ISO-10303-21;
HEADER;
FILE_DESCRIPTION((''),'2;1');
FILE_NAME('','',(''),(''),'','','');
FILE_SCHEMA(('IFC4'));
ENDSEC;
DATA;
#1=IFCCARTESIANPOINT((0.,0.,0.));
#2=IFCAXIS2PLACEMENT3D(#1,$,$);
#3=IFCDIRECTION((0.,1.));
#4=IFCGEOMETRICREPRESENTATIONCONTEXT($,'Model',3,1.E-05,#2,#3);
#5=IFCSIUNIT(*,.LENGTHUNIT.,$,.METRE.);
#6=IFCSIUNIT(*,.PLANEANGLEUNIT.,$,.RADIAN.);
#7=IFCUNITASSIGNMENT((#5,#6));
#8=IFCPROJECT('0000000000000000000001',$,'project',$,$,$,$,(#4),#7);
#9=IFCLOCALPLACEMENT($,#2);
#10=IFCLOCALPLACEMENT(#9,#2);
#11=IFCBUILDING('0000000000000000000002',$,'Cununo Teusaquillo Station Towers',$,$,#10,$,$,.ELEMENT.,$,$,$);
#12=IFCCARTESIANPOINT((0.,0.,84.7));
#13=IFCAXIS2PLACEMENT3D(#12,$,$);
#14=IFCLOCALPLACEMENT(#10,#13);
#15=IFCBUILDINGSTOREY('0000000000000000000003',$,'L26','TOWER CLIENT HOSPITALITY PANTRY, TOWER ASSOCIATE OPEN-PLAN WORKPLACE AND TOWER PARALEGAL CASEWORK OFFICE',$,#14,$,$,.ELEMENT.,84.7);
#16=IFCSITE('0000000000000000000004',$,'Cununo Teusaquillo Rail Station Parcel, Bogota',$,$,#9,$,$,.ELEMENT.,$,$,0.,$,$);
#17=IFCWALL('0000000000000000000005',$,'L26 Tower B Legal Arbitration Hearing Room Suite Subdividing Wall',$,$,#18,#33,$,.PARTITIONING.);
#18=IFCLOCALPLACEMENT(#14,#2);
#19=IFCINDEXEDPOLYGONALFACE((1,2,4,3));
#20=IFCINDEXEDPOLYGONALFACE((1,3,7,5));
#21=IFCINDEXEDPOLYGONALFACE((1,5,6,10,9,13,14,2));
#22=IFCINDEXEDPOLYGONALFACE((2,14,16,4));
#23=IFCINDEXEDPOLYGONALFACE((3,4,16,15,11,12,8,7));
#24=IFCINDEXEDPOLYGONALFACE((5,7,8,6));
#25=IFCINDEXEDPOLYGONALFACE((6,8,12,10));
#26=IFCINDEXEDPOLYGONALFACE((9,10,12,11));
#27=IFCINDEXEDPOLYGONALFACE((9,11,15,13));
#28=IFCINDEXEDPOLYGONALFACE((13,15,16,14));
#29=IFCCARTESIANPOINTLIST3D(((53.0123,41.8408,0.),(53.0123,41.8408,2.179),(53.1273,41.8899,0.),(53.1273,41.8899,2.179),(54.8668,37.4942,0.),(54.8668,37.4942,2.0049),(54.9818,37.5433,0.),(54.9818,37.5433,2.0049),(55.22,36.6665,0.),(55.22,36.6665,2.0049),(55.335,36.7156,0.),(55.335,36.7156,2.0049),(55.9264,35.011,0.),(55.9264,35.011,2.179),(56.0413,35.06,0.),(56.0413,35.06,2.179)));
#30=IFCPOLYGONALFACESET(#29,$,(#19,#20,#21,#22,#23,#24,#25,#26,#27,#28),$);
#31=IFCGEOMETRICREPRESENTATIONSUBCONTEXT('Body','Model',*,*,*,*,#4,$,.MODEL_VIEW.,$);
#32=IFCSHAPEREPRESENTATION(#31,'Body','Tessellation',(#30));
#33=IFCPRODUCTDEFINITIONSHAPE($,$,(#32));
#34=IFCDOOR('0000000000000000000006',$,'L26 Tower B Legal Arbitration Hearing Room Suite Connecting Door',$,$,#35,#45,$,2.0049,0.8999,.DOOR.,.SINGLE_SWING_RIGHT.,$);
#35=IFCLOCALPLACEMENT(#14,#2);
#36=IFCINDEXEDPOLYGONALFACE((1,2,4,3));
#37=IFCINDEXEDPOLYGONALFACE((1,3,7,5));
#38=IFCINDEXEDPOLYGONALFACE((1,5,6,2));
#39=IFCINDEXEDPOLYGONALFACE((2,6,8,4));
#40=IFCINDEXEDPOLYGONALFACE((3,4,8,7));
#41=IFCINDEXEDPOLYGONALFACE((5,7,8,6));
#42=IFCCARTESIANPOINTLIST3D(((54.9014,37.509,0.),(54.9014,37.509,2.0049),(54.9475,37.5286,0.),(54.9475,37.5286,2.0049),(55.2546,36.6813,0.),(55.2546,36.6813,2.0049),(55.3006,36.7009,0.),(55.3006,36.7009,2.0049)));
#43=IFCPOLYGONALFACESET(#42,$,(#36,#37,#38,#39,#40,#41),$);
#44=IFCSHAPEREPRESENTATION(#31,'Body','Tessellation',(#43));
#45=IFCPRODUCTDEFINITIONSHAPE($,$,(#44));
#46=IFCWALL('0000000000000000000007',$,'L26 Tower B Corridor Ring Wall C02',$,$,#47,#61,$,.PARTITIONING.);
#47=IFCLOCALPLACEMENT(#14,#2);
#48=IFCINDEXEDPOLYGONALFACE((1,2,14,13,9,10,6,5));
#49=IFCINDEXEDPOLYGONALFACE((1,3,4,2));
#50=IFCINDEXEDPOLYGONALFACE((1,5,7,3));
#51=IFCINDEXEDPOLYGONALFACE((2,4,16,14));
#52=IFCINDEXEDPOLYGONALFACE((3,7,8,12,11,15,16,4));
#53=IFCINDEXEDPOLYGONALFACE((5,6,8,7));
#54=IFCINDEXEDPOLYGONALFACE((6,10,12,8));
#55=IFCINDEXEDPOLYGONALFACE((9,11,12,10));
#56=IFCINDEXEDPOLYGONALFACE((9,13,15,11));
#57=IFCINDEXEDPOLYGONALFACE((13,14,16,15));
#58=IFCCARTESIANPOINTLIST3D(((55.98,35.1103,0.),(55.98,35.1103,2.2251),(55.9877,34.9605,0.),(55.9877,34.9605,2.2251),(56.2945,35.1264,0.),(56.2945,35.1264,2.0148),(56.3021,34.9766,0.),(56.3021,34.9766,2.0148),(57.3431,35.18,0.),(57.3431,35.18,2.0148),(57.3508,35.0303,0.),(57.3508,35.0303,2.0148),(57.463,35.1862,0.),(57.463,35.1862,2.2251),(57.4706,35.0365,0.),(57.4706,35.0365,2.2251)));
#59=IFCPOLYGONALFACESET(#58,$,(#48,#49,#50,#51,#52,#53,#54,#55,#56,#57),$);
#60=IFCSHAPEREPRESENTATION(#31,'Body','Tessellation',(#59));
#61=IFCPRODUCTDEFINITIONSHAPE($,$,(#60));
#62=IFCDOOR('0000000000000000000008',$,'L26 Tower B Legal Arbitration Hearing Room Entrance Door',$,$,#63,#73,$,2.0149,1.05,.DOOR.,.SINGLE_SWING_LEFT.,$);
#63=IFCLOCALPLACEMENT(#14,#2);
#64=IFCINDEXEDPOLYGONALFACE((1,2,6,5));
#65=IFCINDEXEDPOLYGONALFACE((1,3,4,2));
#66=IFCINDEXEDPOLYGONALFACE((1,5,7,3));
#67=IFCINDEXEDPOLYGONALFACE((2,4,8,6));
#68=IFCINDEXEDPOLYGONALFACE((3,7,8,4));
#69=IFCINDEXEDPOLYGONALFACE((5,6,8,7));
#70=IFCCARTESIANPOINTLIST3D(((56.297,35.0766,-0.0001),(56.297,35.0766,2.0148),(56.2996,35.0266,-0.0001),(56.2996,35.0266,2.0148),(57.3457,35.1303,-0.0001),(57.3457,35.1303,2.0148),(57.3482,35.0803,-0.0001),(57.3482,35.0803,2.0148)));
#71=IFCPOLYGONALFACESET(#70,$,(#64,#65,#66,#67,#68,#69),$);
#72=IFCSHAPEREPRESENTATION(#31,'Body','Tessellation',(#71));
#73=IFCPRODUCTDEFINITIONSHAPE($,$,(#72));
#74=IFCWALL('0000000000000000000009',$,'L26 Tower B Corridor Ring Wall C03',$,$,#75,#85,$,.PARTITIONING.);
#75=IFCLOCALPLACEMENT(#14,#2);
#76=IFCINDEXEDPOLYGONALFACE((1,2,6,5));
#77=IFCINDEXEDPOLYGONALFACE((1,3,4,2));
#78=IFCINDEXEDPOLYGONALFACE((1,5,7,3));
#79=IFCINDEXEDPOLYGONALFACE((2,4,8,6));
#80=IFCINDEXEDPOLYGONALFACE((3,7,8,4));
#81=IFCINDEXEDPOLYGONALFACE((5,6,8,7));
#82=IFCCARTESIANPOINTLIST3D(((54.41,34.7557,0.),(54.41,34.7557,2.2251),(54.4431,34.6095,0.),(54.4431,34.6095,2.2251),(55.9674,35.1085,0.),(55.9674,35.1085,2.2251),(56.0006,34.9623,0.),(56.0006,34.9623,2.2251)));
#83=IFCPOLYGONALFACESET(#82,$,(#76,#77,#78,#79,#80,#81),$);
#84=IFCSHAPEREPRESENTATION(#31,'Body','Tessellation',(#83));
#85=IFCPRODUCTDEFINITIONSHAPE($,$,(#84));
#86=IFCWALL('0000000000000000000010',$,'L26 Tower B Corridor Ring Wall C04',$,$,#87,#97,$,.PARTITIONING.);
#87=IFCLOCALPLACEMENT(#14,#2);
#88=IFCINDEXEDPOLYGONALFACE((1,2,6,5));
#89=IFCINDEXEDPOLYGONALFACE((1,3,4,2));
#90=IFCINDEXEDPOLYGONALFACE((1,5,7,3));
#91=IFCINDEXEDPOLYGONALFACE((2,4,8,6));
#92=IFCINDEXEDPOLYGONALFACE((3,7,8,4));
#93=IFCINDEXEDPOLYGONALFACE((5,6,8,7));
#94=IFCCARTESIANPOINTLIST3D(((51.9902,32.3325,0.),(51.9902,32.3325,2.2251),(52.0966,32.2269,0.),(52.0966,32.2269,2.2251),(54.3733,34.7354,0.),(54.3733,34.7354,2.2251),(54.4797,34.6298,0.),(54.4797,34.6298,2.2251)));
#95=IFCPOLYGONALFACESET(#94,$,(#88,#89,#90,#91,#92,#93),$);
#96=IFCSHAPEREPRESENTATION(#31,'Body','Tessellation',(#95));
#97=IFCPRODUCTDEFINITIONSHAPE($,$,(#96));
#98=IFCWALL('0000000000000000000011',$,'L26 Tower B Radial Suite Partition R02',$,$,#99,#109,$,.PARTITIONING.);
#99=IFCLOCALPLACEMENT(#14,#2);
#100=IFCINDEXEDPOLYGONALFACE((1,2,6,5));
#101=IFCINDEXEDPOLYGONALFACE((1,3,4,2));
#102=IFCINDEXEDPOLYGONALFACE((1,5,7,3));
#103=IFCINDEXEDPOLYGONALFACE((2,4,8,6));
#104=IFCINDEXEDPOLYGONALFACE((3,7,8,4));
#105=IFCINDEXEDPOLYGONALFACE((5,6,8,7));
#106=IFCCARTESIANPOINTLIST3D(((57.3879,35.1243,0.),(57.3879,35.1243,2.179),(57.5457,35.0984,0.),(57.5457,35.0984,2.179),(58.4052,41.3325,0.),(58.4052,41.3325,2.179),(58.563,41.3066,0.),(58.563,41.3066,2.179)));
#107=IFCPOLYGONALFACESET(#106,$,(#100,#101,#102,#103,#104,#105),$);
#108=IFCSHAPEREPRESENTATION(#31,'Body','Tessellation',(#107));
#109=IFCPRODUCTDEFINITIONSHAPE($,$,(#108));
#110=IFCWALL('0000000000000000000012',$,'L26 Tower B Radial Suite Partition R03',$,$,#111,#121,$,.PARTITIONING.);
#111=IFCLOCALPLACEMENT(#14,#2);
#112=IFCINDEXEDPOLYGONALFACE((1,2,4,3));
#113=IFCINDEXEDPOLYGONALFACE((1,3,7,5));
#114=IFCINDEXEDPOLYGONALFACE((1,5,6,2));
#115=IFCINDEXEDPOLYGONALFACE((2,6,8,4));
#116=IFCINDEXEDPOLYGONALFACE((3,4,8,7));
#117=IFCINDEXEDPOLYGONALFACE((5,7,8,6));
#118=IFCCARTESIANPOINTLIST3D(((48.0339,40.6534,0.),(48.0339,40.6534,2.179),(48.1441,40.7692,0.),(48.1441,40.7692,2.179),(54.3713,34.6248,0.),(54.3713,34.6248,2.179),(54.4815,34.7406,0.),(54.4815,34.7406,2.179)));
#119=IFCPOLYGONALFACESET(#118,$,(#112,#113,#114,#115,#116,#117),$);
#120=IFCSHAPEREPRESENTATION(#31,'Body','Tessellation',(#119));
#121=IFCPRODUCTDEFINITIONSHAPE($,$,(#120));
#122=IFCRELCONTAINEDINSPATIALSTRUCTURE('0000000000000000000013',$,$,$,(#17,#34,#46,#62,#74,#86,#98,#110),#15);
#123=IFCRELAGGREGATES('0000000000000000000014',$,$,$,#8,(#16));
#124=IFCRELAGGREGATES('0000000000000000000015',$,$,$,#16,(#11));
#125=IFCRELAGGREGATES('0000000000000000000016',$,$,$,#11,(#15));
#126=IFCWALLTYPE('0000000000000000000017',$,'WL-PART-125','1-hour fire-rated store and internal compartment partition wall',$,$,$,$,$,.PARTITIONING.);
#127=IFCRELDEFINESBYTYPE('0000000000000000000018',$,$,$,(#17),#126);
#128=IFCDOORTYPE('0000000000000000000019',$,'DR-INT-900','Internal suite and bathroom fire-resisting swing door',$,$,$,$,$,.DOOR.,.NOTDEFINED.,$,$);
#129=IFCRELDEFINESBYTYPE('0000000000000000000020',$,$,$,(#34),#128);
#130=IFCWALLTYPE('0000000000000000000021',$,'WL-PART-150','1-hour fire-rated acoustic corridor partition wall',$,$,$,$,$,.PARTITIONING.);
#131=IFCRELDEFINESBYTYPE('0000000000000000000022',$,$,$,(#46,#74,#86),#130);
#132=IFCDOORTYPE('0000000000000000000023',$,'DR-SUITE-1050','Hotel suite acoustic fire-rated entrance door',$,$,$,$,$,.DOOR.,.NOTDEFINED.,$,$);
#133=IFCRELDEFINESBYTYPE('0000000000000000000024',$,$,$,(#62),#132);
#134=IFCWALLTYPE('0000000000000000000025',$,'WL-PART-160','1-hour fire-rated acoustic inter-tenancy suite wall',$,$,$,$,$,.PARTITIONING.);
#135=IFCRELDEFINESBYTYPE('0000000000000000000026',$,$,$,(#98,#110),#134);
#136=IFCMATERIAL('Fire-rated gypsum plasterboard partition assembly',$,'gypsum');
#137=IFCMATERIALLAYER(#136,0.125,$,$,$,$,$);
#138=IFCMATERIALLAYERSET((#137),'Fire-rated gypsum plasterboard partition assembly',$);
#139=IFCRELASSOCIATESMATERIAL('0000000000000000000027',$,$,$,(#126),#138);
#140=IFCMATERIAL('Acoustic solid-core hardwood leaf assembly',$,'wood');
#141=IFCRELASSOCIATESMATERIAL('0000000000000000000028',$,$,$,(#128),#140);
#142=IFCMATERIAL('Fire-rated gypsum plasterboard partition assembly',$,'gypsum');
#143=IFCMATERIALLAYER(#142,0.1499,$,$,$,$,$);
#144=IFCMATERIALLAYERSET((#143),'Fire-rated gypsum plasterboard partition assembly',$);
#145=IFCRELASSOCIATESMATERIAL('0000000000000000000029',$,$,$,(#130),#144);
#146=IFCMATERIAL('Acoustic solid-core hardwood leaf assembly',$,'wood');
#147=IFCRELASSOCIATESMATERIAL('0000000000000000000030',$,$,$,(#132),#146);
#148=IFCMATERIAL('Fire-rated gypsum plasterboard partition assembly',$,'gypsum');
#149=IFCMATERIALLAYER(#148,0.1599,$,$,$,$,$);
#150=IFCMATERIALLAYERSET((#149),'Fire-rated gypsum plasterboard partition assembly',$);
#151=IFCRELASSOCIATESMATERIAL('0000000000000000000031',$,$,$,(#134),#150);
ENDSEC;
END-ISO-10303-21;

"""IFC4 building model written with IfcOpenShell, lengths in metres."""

from ifc_helpers import new_model, si_unit, direction, frame, frame_2d, origin, place, context, subcontext, project, spatial, rectangle, extrude, source, transform, mapped, material, layer, layer_set, type_object, element, fill, save


model = new_model("IFC4")

# Units and contexts
model_context = context("Model", 3, precision=1e-05, world=origin(), true_north=direction((0.0, 1.0)))
body_context = subcontext(model_context, "Body", "Model", "MODEL_VIEW")
ifc_project = project(units=[si_unit("LENGTHUNIT", "METRE"), si_unit("PLANEANGLEUNIT", "RADIAN")], contexts=[model_context])

# Site, building, storey
site_placement = place(None, origin())
site = spatial("IfcSite", under=ifc_project, at=site_placement, Name="Cununo Teusaquillo Rail Station Parcel, Bogota", CompositionType="ELEMENT", RefElevation=0.0)
building_placement = place(site_placement, origin())
building = spatial("IfcBuilding", under=site, at=building_placement, Name="Cununo Teusaquillo Station Towers", CompositionType="ELEMENT")
storey_placement = place(building_placement, frame((0.0, 0.0, 84.7)))
storey = spatial("IfcBuildingStorey", under=building, at=storey_placement, Name="L26", Description="TOWER CLIENT HOSPITALITY PANTRY, TOWER ASSOCIATE OPEN-PLAN WORKPLACE AND TOWER PARALEGAL CASEWORK OFFICE", CompositionType="ELEMENT", Elevation=84.7)

# Walls, openings, doors
ifc_material_1 = material(Name="Fire-rated gypsum plasterboard partition assembly", Category="gypsum")
ifc_layer_1 = layer(ifc_material_1, 0.125)
ifc_layer_set_1 = layer_set([ifc_layer_1], Name="Fire-rated gypsum plasterboard partition assembly")
wall_type_1 = type_object("IfcWallType", Name="WL-PART-125", Description="1-hour fire-rated store and internal compartment partition wall", PredefinedType="PARTITIONING", material=ifc_layer_set_1)
wall_1_placement = place(storey_placement, frame((55.9839, 35.0354, 0.0), z_axis=(0.0, 0.0, 1.0), x_axis=(-0.392439, 0.919778, 0.0)))
wall_1 = element("IfcWall", 1, at=wall_1_placement, inside=storey, type_object=wall_type_1, Name="L26 Tower B Legal Arbitration Hearing Room Suite Subdividing Wall", PredefinedType="PARTITIONING", context=body_context, shape_type="SweptSolid", body=[
    extrude(rectangle(XDim=7.4255, YDim=0.125, at=frame_2d((3.7129, 0.0))), origin(), (0.0, 0.0, 1.0), 2.179),
])
shared_shape_1 = source(origin(), body_context, "Body", "SweptSolid", [
    extrude(rectangle(XDim=0.8999, YDim=2.0049, at=frame_2d((0.45, 1.0024))), frame((0.0, 0.0725, 0.0), z_axis=(0.0, -1.0, 0.0), x_axis=(1.0, 0.0, 0.0)), (0.0, 0.0, 1.0), 0.145),
])
opening_1_placement = place(wall_1_placement, frame((1.8, 0.0, 0.0)))
opening_1 = element("IfcOpeningElement", 2, at=opening_1_placement, cuts=wall_1, PredefinedType="OPENING", context=body_context, shape_type="MappedRepresentation", body=[
    mapped(shared_shape_1, transform((0.0, 0.0, 0.0), x_axis=(1.0, 0.0, 0.0), y_axis=(0.0, 1.0, 0.0), z_axis=(0.0, 0.0, 1.0), scale=1.0)),
])
ifc_material_2 = material(Name="Acoustic solid-core hardwood leaf assembly", Category="wood")
door_type_1 = type_object("IfcDoorType", Name="DR-INT-900", Description="Internal suite and bathroom fire-resisting swing door", OperationType="NOTDEFINED", PredefinedType="DOOR", material=ifc_material_2)
shared_shape_2 = source(origin(), body_context, "Body", "SweptSolid", [
    extrude(rectangle(XDim=0.8999, YDim=2.0049, at=frame_2d((0.45, 1.0024))), frame((0.0, 0.0249, 0.0), z_axis=(0.0, -1.0, 0.0), x_axis=(1.0, 0.0, 0.0)), (0.0, 0.0, 1.0), 0.05),
])
door_1_placement = place(opening_1_placement, origin())
door_1 = element("IfcDoor", 3, at=door_1_placement, inside=storey, type_object=door_type_1, Name="L26 Tower B Legal Arbitration Hearing Room Suite Connecting Door", OperationType="SINGLE_SWING_RIGHT", OverallHeight=2.0049, OverallWidth=0.8999, PredefinedType="DOOR", context=body_context, shape_type="MappedRepresentation", body=[
    mapped(shared_shape_2, transform((0.0, 0.0, 0.0), x_axis=(1.0, 0.0, 0.0), y_axis=(0.0, 1.0, 0.0), z_axis=(0.0, 0.0, 1.0), scale=1.0)),
])
fill(opening_1, door_1)
ifc_material_3 = material(Name="Fire-rated gypsum plasterboard partition assembly", Category="gypsum")
ifc_layer_2 = layer(ifc_material_3, 0.1499)
ifc_layer_set_2 = layer_set([ifc_layer_2], Name="Fire-rated gypsum plasterboard partition assembly")
wall_type_2 = type_object("IfcWallType", Name="WL-PART-150", Description="1-hour fire-rated acoustic corridor partition wall", PredefinedType="PARTITIONING", material=ifc_layer_set_2)
wall_2_placement = place(storey_placement, frame((57.4668, 35.1113, 0.0), z_axis=(0.0, 0.0, 1.0), x_axis=(-0.998692, -0.051135, 0.0)))
wall_2 = element("IfcWall", 4, at=wall_2_placement, inside=storey, type_object=wall_type_2, Name="L26 Tower B Corridor Ring Wall C02", PredefinedType="PARTITIONING", context=body_context, shape_type="SweptSolid", body=[
    extrude(rectangle(XDim=1.4849, YDim=0.1499, at=frame_2d((0.7424, 0.0))), origin(), (0.0, 0.0, 1.0), 2.2251),
])
shared_shape_3 = source(origin(), body_context, "Body", "SweptSolid", [
    extrude(rectangle(XDim=1.05, YDim=2.0149, at=frame_2d((0.5249, 1.0073))), frame((0.0, 0.085, 0.0), z_axis=(0.0, -1.0, 0.0), x_axis=(1.0, 0.0, 0.0)), (0.0, 0.0, 1.0), 0.1699),
])
opening_2_placement = place(wall_2_placement, frame((0.1201, 0.0, 0.0)))
opening_2 = element("IfcOpeningElement", 5, at=opening_2_placement, cuts=wall_2, PredefinedType="OPENING", context=body_context, shape_type="MappedRepresentation", body=[
    mapped(shared_shape_3, transform((0.0, 0.0, 0.0), x_axis=(1.0, 0.0, 0.0), y_axis=(0.0, 1.0, 0.0), z_axis=(0.0, 0.0, 1.0), scale=1.0)),
])
ifc_material_4 = material(Name="Acoustic solid-core hardwood leaf assembly", Category="wood")
door_type_2 = type_object("IfcDoorType", Name="DR-SUITE-1050", Description="Hotel suite acoustic fire-rated entrance door", OperationType="NOTDEFINED", PredefinedType="DOOR", material=ifc_material_4)
shared_shape_4 = source(origin(), body_context, "Body", "SweptSolid", [
    extrude(rectangle(XDim=1.05, YDim=2.0149, at=frame_2d((0.5249, 1.0073))), frame((0.0, 0.0249, 0.0), z_axis=(0.0, -1.0, 0.0), x_axis=(1.0, 0.0, 0.0)), (0.0, 0.0, 1.0), 0.05),
])
door_2_placement = place(opening_2_placement, origin())
door_2 = element("IfcDoor", 6, at=door_2_placement, inside=storey, type_object=door_type_2, Name="L26 Tower B Legal Arbitration Hearing Room Entrance Door", OperationType="SINGLE_SWING_LEFT", OverallHeight=2.0149, OverallWidth=1.05, PredefinedType="DOOR", context=body_context, shape_type="MappedRepresentation", body=[
    mapped(shared_shape_4, transform((0.0, 0.0, 0.0), x_axis=(1.0, 0.0, 0.0), y_axis=(0.0, 1.0, 0.0), z_axis=(0.0, 0.0, 1.0), scale=1.0)),
])
fill(opening_2, door_2)

# Walls
wall_3_placement = place(storey_placement, frame((55.9839, 35.0354, 0.0), z_axis=(0.0, 0.0, 1.0), x_axis=(-0.97529, -0.220927, 0.0)))
element("IfcWall", 7, at=wall_3_placement, inside=storey, type_object=wall_type_2, Name="L26 Tower B Corridor Ring Wall C03", PredefinedType="PARTITIONING", context=body_context, shape_type="SweptSolid", body=[
    extrude(rectangle(XDim=1.5969, YDim=0.1499, at=frame_2d((0.7983, 0.0))), origin(), (0.0, 0.0, 1.0), 2.2251),
])
wall_4_placement = place(storey_placement, frame((54.4265, 34.6826, 0.0), z_axis=(0.0, 0.0, 1.0), x_axis=(-0.704179, -0.710022, 0.0)))
element("IfcWall", 8, at=wall_4_placement, inside=storey, type_object=wall_type_2, Name="L26 Tower B Corridor Ring Wall C04", PredefinedType="PARTITIONING", context=body_context, shape_type="SweptSolid", body=[
    extrude(rectangle(XDim=3.3843, YDim=0.1499, at=frame_2d((1.6921, 0.0))), origin(), (0.0, 0.0, 1.0), 2.2251),
])
ifc_material_5 = material(Name="Fire-rated gypsum plasterboard partition assembly", Category="gypsum")
ifc_layer_3 = layer(ifc_material_5, 0.1599)
ifc_layer_set_3 = layer_set([ifc_layer_3], Name="Fire-rated gypsum plasterboard partition assembly")
wall_type_3 = type_object("IfcWallType", Name="WL-PART-160", Description="1-hour fire-rated acoustic inter-tenancy suite wall", PredefinedType="PARTITIONING", material=ifc_layer_set_3)
wall_5_placement = place(storey_placement, frame((57.4668, 35.1113, 0.0), z_axis=(0.0, 0.0, 1.0), x_axis=(0.161711, 0.986838, 0.0)))
element("IfcWall", 9, at=wall_5_placement, inside=storey, type_object=wall_type_3, Name="L26 Tower B Radial Suite Partition R02", PredefinedType="PARTITIONING", context=body_context, shape_type="SweptSolid", body=[
    extrude(rectangle(XDim=6.291, YDim=0.1599, at=frame_2d((3.1455, 0.0))), origin(), (0.0, 0.0, 1.0), 2.179),
])
wall_6_placement = place(storey_placement, frame((54.4265, 34.6826, 0.0), z_axis=(0.0, 0.0, 1.0), x_axis=(-0.724541, 0.689232, 0.0)))
element("IfcWall", 10, at=wall_6_placement, inside=storey, type_object=wall_type_3, Name="L26 Tower B Radial Suite Partition R03", PredefinedType="PARTITIONING", context=body_context, shape_type="SweptSolid", body=[
    extrude(rectangle(XDim=8.7468, YDim=0.1599, at=frame_2d((4.3735, 0.0))), origin(), (0.0, 0.0, 1.0), 2.179),
])

save(model, "model.ifc")
